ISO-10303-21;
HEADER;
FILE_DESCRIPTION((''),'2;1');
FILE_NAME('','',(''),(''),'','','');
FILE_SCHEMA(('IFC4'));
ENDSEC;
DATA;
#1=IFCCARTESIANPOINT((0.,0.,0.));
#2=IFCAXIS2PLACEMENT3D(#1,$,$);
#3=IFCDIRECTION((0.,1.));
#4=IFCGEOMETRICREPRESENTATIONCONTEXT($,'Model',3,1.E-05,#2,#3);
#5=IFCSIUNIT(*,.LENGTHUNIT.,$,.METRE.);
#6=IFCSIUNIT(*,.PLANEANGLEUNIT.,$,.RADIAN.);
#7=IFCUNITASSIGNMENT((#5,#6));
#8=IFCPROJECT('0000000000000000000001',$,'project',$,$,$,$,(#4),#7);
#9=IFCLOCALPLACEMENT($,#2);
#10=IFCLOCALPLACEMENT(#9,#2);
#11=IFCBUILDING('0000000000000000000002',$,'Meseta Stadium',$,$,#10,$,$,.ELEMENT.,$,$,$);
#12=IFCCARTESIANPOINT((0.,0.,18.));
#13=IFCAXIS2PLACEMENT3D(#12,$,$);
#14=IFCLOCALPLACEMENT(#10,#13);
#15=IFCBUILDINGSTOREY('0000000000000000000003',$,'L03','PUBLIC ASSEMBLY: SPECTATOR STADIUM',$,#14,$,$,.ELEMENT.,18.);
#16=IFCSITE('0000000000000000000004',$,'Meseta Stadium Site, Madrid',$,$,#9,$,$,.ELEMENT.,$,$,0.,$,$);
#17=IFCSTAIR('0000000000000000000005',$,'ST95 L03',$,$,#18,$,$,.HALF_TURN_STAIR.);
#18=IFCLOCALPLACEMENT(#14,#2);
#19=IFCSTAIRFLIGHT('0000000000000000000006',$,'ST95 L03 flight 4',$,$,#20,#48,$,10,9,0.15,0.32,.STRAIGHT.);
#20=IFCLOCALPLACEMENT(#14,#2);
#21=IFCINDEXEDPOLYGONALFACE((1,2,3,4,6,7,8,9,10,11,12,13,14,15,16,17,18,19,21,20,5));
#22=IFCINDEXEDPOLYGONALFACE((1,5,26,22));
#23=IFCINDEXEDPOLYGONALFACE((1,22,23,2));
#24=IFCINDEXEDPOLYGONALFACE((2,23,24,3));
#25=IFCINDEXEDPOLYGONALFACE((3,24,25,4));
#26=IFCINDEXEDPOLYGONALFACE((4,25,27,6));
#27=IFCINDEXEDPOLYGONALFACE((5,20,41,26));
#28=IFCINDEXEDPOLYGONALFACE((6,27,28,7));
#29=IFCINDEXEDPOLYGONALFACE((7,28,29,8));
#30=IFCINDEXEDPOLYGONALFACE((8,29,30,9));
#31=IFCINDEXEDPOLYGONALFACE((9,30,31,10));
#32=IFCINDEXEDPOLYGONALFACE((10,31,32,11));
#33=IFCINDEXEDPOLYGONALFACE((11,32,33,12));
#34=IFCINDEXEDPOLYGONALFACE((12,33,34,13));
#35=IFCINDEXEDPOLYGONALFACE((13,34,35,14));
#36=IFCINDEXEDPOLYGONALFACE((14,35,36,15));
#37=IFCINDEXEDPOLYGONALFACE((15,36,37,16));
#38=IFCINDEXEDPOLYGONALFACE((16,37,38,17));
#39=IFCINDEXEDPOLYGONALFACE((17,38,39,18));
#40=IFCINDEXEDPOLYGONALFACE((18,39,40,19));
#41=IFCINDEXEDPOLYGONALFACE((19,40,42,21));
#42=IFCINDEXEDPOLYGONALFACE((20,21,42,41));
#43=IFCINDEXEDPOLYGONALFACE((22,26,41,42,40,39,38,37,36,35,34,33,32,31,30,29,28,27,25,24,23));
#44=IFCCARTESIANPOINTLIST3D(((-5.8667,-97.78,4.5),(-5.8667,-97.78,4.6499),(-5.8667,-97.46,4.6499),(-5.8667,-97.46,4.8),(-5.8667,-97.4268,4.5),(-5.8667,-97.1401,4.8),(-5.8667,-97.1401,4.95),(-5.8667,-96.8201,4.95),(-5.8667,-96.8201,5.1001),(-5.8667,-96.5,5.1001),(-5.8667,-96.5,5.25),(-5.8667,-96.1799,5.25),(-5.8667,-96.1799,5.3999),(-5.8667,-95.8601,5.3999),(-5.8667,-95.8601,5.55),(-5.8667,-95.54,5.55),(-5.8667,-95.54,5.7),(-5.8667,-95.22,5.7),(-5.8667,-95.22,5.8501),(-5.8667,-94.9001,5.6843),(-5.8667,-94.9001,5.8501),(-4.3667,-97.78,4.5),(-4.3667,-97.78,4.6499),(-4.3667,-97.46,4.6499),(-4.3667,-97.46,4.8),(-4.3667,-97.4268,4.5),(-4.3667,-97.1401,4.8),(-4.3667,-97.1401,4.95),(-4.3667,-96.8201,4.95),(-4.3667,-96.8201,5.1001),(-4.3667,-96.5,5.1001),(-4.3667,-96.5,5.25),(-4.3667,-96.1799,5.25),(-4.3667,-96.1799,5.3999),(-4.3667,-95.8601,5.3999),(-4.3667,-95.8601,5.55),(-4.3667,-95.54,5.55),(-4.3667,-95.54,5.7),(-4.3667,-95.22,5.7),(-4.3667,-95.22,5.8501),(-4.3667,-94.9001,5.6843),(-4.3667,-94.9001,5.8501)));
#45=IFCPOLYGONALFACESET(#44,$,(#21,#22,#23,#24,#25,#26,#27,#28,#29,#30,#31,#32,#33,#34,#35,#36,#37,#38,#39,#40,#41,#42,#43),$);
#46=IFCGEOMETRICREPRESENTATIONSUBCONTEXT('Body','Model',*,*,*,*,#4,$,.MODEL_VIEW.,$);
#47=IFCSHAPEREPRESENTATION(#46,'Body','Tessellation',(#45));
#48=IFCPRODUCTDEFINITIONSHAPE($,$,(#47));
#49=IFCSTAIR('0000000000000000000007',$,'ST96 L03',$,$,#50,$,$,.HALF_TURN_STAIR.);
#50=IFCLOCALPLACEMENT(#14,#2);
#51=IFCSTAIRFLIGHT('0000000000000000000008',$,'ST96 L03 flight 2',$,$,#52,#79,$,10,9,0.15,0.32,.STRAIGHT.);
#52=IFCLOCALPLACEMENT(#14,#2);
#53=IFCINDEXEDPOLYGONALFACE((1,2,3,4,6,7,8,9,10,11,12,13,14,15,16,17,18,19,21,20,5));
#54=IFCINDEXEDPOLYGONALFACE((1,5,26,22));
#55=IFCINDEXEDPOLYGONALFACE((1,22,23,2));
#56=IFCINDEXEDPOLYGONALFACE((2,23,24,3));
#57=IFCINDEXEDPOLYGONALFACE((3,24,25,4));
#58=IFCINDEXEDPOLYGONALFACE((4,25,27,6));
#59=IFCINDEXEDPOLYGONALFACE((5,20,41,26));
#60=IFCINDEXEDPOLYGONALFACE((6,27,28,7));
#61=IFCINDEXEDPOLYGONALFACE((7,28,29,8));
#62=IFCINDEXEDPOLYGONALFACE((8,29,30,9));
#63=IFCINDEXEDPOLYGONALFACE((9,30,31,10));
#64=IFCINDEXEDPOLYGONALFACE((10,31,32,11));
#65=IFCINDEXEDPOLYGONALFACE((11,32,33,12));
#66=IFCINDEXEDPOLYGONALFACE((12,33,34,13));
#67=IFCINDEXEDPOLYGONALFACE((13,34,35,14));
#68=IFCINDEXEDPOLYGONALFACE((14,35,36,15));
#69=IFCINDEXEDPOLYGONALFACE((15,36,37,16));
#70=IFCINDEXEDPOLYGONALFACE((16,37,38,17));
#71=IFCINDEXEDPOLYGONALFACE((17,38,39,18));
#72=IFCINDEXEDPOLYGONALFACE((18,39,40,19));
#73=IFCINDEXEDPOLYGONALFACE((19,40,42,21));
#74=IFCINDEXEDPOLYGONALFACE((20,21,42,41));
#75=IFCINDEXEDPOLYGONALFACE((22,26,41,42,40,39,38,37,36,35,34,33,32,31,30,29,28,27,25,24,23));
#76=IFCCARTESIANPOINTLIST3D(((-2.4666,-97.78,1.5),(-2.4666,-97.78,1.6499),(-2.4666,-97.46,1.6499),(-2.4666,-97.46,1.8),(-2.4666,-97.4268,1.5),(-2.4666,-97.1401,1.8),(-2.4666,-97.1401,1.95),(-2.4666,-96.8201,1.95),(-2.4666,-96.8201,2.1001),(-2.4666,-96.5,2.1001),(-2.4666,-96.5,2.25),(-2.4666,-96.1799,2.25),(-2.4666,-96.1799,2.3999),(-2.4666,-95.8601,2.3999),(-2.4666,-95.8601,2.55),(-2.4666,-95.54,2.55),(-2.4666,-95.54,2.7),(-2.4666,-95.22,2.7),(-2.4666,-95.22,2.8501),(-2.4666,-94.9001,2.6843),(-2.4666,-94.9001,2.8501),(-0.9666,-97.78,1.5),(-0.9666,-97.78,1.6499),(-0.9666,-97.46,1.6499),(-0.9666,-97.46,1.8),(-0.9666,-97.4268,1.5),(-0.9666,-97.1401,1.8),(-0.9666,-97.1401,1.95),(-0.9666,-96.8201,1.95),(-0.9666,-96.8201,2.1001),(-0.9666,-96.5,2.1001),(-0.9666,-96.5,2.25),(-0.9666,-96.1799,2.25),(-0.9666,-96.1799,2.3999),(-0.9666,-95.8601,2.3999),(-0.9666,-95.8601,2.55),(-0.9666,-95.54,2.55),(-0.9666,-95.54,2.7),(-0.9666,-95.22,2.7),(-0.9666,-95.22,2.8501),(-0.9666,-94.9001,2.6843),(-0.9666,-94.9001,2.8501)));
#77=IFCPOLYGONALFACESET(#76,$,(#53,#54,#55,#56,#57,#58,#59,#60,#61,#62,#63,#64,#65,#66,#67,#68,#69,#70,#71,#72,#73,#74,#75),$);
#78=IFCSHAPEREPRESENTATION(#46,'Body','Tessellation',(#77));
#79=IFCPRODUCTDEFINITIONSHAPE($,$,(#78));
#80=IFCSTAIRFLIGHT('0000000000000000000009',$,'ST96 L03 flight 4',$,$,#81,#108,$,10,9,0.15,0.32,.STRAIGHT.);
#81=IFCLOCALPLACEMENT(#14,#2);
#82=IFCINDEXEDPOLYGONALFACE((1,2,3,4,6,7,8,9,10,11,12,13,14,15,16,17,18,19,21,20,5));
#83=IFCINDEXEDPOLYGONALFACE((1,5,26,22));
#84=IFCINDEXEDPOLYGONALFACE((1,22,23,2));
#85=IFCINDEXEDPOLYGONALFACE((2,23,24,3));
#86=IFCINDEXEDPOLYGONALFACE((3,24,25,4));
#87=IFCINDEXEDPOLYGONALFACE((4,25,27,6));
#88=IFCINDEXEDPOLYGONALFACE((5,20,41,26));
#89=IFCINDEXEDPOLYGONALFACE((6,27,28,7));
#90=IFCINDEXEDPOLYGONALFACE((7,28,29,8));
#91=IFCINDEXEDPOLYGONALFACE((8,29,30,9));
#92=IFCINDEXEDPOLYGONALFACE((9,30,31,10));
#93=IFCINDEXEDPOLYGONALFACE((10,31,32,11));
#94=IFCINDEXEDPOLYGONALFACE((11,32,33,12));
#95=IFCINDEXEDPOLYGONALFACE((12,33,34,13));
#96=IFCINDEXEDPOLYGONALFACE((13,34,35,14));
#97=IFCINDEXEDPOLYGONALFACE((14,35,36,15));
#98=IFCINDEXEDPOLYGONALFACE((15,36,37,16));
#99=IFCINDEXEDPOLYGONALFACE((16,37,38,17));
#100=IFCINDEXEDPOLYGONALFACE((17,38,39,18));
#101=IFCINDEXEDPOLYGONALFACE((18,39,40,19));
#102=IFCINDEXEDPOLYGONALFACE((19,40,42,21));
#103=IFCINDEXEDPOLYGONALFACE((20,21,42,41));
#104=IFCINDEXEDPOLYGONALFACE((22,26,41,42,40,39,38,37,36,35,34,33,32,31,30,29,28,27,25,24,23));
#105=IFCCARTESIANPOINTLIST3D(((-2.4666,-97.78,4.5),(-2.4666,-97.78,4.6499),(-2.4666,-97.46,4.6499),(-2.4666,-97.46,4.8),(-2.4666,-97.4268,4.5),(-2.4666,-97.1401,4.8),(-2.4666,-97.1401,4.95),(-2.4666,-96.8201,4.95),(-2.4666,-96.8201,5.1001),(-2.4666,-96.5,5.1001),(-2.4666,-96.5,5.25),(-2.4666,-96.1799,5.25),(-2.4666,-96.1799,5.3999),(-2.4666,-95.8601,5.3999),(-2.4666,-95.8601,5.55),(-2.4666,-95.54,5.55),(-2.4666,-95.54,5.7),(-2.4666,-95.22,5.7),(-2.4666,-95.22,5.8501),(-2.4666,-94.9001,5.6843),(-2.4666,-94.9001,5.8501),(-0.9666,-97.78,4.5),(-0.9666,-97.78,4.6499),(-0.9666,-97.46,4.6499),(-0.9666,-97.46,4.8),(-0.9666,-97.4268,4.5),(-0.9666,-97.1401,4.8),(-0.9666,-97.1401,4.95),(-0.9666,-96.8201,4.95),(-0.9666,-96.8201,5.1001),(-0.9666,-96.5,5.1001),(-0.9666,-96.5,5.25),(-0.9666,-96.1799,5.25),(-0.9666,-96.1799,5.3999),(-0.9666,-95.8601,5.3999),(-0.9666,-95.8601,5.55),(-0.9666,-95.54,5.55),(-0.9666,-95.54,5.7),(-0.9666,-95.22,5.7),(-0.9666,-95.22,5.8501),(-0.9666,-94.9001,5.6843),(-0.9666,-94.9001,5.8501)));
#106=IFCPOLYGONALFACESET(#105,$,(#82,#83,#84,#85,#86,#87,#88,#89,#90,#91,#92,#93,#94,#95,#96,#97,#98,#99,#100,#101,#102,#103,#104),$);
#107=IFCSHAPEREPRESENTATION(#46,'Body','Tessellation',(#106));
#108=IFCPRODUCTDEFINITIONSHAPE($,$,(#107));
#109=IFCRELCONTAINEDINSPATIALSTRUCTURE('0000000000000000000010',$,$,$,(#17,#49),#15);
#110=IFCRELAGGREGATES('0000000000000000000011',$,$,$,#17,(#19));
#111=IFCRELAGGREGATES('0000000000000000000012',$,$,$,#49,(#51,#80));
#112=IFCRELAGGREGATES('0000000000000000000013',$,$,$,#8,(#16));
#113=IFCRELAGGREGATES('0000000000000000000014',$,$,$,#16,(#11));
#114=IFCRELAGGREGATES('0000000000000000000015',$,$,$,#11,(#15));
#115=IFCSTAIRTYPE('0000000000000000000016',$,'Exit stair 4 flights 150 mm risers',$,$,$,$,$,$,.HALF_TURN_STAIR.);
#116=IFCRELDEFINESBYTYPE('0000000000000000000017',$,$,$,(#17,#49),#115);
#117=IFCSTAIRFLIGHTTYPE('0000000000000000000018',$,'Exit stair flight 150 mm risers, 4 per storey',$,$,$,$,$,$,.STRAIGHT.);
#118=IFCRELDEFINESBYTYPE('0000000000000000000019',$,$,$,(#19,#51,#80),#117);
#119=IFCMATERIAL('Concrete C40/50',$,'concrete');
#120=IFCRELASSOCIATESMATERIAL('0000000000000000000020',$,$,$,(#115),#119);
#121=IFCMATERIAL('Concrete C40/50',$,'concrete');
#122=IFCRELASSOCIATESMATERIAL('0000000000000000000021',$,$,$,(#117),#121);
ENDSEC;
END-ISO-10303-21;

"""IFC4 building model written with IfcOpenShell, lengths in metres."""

from ifc_helpers import new_model, si_unit, direction, frame, origin, place, context, subcontext, project, spatial, polyline, outline, extrude, material, type_object, element, aggregate, save


model = new_model("IFC4")

# Units and contexts
model_context = context("Model", 3, precision=1e-05, world=origin(), true_north=direction((0.0, 1.0)))
body_context = subcontext(model_context, "Body", "Model", "MODEL_VIEW")
ifc_project = project(units=[si_unit("LENGTHUNIT", "METRE"), si_unit("PLANEANGLEUNIT", "RADIAN")], contexts=[model_context])

# Site, building, storey
site_placement = place(None, origin())
site = spatial("IfcSite", under=ifc_project, at=site_placement, Name="Meseta Stadium Site, Madrid", CompositionType="ELEMENT", RefElevation=0.0)
building_placement = place(site_placement, origin())
building = spatial("IfcBuilding", under=site, at=building_placement, Name="Meseta Stadium", CompositionType="ELEMENT")
storey_placement = place(building_placement, frame((0.0, 0.0, 18.0)))
storey = spatial("IfcBuildingStorey", under=building, at=storey_placement, Name="L03", Description="PUBLIC ASSEMBLY: SPECTATOR STADIUM", CompositionType="ELEMENT", Elevation=18.0)

# Stairs, stair flights
ifc_material_1 = material(Name="Concrete C40/50", Category="concrete")
stair_type = type_object("IfcStairType", Name="Exit stair 4 flights 150 mm risers", PredefinedType="HALF_TURN_STAIR", material=ifc_material_1)
ifc_material_2 = material(Name="Concrete C40/50", Category="concrete")
stair_flight_type = type_object("IfcStairFlightType", Name="Exit stair flight 150 mm risers, 4 per storey", PredefinedType="STRAIGHT", material=ifc_material_2)
stair_1_placement = place(storey_placement, origin())
stair_1 = element("IfcStair", 1, at=stair_1_placement, inside=storey, type_object=stair_type, Name="ST95 L03", PredefinedType="HALF_TURN_STAIR")
stair_flight_1_placement = place(storey_placement, frame((-5.1167, -97.78, 4.5), z_axis=(0.0, 0.0, 1.0), x_axis=(0.0, 1.0, 0.0)))
stair_flight_1 = element("IfcStairFlight", 2, at=stair_flight_1_placement, type_object=stair_flight_type, Name="ST95 L03 flight 4", NumberOfRisers=10, NumberOfTreads=9, PredefinedType="STRAIGHT", RiserHeight=0.15, TreadLength=0.32, context=body_context, shape_type="SweptSolid", body=[
    extrude(outline(polyline([(0.0, 0.0), (0.0, 0.1499), (0.3201, 0.1499), (0.3201, 0.3), (0.6399, 0.3), (0.6399, 0.45), (0.96, 0.45), (0.96, 0.6001), (1.28, 0.6001), (1.28, 0.75), (1.6001, 0.75), (1.6001, 0.8999), (1.9199, 0.8999), (1.9199, 1.05), (2.24, 1.05), (2.24, 1.2), (2.5601, 1.2), (2.5601, 1.3501), (2.8799, 1.3501), (2.8799, 1.1843), (0.3533, 0.0), (0.0, 0.0)])), frame((0.0, 0.75, 0.0), z_axis=(0.0, -1.0, 0.0), x_axis=(1.0, 0.0, 0.0)), (0.0, 0.0, 1.0), 1.5),
])
aggregate(stair_1, [stair_flight_1])
stair_2_placement = place(storey_placement, origin())
stair_2 = element("IfcStair", 3, at=stair_2_placement, inside=storey, type_object=stair_type, Name="ST96 L03", PredefinedType="HALF_TURN_STAIR")
stair_flight_2_placement = place(storey_placement, frame((-1.7166, -97.78, 1.5), z_axis=(0.0, 0.0, 1.0), x_axis=(0.0, 1.0, 0.0)))
stair_flight_2 = element("IfcStairFlight", 4, at=stair_flight_2_placement, type_object=stair_flight_type, Name="ST96 L03 flight 2", NumberOfRisers=10, NumberOfTreads=9, PredefinedType="STRAIGHT", RiserHeight=0.15, TreadLength=0.32, context=body_context, shape_type="SweptSolid", body=[
    extrude(outline(polyline([(0.0, 0.0), (0.0, 0.1499), (0.3201, 0.1499), (0.3201, 0.3), (0.6399, 0.3), (0.6399, 0.45), (0.96, 0.45), (0.96, 0.6001), (1.28, 0.6001), (1.28, 0.75), (1.6001, 0.75), (1.6001, 0.8999), (1.9199, 0.8999), (1.9199, 1.05), (2.24, 1.05), (2.24, 1.2), (2.5601, 1.2), (2.5601, 1.3501), (2.8799, 1.3501), (2.8799, 1.1843), (0.3533, 0.0), (0.0, 0.0)])), frame((0.0, 0.75, 0.0), z_axis=(0.0, -1.0, 0.0), x_axis=(1.0, 0.0, 0.0)), (0.0, 0.0, 1.0), 1.5),
])
stair_flight_3_placement = place(storey_placement, frame((-1.7166, -97.78, 4.5), z_axis=(0.0, 0.0, 1.0), x_axis=(0.0, 1.0, 0.0)))
stair_flight_3 = element("IfcStairFlight", 5, at=stair_flight_3_placement, type_object=stair_flight_type, Name="ST96 L03 flight 4", NumberOfRisers=10, NumberOfTreads=9, PredefinedType="STRAIGHT", RiserHeight=0.15, TreadLength=0.32, context=body_context, shape_type="SweptSolid", body=[
    extrude(outline(polyline([(0.0, 0.0), (0.0, 0.1499), (0.3201, 0.1499), (0.3201, 0.3), (0.6399, 0.3), (0.6399, 0.45), (0.96, 0.45), (0.96, 0.6001), (1.28, 0.6001), (1.28, 0.75), (1.6001, 0.75), (1.6001, 0.8999), (1.9199, 0.8999), (1.9199, 1.05), (2.24, 1.05), (2.24, 1.2), (2.5601, 1.2), (2.5601, 1.3501), (2.8799, 1.3501), (2.8799, 1.1843), (0.3533, 0.0), (0.0, 0.0)])), frame((0.0, 0.75, 0.0), z_axis=(0.0, -1.0, 0.0), x_axis=(1.0, 0.0, 0.0)), (0.0, 0.0, 1.0), 1.5),
])
aggregate(stair_2, [stair_flight_2, stair_flight_3])

save(model, "model.ifc")
